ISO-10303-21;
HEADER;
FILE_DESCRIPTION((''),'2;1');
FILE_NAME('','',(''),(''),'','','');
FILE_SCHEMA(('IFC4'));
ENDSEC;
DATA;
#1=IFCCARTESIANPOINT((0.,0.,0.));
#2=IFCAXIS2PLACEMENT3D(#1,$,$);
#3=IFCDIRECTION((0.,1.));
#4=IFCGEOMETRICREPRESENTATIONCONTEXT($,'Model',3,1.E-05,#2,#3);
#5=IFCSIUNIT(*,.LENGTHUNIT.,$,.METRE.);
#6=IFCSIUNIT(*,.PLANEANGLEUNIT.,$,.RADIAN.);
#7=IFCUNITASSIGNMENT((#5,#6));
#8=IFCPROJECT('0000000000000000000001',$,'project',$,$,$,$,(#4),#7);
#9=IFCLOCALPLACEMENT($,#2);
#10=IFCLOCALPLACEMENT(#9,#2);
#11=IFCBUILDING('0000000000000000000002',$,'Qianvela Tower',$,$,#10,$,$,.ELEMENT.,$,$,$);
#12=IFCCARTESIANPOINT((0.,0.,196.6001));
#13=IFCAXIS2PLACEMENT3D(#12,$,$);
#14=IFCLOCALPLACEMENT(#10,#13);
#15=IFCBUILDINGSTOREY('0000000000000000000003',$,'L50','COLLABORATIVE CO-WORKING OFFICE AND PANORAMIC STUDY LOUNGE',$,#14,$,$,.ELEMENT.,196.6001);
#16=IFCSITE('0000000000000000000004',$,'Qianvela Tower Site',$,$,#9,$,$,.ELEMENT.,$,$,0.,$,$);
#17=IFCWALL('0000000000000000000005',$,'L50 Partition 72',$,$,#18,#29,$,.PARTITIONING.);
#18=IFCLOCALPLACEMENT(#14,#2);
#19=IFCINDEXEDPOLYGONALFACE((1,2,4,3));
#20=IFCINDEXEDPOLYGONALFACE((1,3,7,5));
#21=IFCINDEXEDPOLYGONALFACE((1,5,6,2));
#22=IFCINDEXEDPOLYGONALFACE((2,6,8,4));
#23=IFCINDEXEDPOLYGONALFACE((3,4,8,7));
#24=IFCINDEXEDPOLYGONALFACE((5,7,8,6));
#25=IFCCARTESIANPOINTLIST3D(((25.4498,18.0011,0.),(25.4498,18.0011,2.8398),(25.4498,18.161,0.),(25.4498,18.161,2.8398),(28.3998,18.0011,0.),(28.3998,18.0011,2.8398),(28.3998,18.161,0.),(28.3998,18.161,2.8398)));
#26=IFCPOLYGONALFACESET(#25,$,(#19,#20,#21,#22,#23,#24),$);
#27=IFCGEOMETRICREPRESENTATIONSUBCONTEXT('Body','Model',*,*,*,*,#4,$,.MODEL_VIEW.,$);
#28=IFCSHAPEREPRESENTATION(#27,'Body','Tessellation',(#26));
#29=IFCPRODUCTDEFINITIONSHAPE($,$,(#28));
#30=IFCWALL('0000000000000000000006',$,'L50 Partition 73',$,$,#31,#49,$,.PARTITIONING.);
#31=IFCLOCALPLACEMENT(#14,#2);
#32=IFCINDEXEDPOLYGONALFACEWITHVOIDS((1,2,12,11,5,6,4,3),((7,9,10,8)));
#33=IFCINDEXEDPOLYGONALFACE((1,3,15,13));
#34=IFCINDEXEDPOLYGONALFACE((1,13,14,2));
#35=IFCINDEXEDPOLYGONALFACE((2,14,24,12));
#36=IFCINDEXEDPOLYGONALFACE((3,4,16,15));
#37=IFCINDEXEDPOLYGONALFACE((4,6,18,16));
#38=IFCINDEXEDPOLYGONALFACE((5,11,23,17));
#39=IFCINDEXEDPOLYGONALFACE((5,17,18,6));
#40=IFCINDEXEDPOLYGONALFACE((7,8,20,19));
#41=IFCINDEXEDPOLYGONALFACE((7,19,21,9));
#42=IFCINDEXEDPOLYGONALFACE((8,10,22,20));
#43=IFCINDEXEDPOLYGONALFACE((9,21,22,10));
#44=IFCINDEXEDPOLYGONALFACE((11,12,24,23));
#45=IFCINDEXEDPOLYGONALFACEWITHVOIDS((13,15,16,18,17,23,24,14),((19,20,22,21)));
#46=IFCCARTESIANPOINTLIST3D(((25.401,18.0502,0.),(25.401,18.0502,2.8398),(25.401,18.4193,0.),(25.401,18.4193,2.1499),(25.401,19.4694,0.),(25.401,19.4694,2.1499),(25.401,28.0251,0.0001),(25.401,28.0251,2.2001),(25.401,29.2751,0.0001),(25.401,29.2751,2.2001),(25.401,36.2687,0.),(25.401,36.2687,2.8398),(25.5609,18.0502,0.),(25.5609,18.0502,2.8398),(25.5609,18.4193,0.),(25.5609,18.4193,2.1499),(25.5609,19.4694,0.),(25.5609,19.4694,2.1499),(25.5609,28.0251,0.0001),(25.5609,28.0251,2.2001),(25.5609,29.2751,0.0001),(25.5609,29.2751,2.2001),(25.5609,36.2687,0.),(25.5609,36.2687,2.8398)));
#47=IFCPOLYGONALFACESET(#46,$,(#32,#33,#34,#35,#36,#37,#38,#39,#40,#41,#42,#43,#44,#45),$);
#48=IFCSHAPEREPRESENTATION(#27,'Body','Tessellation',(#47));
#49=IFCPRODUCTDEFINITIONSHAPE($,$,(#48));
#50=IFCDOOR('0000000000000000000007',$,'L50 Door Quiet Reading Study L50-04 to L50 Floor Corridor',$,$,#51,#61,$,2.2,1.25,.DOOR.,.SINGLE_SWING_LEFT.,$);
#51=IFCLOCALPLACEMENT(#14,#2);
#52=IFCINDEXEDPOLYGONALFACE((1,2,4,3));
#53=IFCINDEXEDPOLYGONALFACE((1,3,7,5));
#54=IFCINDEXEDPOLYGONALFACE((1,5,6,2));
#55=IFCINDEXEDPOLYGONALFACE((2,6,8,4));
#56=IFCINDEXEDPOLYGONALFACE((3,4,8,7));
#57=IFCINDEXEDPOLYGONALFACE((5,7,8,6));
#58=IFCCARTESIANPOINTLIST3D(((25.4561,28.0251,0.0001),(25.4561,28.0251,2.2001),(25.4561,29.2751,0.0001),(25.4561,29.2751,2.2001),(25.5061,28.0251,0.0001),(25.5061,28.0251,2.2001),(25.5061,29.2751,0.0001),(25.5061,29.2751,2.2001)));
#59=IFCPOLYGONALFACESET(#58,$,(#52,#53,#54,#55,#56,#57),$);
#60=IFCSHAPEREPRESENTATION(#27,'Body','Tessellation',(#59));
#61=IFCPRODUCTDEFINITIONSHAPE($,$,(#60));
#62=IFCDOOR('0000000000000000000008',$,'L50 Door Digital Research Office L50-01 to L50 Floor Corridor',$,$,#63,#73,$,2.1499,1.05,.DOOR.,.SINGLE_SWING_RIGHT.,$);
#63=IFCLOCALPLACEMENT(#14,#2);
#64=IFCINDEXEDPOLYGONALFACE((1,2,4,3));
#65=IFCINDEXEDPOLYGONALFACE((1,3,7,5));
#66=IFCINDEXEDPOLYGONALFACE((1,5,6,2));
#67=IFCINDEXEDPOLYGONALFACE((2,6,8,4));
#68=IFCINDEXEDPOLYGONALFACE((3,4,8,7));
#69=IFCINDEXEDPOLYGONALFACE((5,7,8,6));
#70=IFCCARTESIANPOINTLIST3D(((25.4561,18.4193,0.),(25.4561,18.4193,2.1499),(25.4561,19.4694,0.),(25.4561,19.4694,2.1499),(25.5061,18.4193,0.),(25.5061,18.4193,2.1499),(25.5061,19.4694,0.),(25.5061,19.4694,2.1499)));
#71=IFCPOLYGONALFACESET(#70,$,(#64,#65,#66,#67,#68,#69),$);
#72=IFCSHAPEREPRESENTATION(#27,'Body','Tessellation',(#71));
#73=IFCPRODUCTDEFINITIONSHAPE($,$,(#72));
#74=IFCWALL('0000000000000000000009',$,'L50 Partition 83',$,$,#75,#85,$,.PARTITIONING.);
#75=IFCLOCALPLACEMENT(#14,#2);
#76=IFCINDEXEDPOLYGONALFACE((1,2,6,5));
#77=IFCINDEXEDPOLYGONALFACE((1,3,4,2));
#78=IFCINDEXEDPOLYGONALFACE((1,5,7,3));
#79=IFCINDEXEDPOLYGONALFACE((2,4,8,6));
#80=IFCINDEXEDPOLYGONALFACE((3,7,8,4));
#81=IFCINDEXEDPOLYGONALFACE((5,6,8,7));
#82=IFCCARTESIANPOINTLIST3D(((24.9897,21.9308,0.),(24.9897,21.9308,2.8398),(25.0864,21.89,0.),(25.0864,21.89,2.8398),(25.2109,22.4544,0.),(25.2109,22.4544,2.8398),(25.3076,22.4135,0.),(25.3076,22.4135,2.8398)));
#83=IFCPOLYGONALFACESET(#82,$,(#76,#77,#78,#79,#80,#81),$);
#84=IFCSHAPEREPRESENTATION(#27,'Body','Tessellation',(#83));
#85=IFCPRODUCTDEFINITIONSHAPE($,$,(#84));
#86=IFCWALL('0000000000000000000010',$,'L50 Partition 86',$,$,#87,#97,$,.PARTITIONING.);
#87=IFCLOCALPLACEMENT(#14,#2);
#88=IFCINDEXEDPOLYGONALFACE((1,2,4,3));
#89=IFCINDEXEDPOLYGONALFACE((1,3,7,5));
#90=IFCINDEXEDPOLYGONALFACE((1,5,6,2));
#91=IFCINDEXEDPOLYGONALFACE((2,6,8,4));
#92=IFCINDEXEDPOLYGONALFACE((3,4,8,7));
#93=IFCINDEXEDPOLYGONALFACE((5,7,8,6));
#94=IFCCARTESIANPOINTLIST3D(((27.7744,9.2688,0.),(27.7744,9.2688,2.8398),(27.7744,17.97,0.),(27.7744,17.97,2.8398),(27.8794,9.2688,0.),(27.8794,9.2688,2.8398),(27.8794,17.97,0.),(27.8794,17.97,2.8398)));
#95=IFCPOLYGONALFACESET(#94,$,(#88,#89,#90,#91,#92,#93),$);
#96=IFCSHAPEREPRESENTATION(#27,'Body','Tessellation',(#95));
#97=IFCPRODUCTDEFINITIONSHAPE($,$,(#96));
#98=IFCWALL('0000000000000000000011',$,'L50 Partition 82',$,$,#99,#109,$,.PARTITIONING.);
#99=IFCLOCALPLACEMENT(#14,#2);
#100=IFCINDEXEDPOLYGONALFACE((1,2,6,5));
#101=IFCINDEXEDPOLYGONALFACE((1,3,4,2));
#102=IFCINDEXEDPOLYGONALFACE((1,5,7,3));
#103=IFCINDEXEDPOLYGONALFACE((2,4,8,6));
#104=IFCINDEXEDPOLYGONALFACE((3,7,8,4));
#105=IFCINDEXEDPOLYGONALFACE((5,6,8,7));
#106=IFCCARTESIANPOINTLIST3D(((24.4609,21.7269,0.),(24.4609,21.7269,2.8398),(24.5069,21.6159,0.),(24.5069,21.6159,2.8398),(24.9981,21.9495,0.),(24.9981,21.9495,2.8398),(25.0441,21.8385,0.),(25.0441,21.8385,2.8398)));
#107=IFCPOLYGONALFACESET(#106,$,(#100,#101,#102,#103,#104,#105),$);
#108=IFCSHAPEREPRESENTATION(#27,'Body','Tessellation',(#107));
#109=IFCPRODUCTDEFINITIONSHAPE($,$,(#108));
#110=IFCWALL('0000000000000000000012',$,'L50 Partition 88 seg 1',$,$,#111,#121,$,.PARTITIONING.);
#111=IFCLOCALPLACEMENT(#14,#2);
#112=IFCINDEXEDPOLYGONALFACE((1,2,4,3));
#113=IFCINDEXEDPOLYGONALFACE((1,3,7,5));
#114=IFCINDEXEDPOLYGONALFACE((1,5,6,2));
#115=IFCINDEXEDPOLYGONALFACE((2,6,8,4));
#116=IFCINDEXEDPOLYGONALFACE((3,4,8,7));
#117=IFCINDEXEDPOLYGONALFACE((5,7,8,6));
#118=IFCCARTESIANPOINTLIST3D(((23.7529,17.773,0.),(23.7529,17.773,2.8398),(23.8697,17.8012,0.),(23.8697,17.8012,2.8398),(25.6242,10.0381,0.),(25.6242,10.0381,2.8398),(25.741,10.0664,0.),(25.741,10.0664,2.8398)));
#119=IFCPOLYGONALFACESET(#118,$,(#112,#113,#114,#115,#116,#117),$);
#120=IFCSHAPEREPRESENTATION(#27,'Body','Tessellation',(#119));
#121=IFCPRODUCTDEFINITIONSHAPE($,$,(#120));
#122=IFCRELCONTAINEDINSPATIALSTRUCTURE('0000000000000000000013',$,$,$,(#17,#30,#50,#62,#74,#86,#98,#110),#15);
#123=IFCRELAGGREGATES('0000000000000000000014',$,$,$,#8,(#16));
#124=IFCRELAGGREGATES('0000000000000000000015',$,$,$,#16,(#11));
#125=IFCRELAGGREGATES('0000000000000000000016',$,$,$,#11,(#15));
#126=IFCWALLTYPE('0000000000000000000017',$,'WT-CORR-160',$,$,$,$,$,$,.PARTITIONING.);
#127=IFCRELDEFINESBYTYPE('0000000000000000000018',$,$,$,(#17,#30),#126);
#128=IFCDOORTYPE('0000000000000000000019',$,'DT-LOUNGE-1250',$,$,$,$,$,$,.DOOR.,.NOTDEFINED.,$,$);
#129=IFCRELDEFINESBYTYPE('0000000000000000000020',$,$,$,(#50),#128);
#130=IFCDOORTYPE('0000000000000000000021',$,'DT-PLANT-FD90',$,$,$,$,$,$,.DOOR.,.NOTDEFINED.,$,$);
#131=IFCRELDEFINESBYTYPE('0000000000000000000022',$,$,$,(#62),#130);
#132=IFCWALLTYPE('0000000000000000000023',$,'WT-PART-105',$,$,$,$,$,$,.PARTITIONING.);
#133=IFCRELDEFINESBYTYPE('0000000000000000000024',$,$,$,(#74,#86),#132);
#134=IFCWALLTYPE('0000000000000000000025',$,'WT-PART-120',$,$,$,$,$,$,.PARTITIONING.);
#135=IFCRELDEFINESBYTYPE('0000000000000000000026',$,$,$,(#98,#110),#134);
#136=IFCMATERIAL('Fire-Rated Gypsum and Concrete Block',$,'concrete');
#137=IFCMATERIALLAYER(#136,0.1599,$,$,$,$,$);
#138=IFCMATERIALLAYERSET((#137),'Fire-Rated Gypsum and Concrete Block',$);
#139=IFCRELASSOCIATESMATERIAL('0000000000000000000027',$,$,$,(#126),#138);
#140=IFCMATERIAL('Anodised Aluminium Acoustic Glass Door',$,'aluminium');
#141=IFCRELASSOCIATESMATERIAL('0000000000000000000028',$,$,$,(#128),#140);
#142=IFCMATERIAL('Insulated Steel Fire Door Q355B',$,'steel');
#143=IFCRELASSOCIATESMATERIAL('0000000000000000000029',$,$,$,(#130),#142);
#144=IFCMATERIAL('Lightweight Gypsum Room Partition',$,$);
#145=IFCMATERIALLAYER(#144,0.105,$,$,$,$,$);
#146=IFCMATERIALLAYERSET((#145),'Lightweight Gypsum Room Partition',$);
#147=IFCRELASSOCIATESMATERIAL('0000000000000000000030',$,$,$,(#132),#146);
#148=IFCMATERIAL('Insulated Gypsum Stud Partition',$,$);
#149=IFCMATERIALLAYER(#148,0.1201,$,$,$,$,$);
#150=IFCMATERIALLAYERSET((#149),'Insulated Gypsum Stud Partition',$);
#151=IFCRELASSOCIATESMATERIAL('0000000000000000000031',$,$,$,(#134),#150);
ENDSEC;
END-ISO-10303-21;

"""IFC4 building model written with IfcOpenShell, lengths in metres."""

from ifc_helpers import new_model, si_unit, direction, frame, frame_2d, origin, place, context, subcontext, project, spatial, rectangle, extrude, material, layer, layer_set, type_object, element, fill, save


model = new_model("IFC4")

# Units and contexts
model_context = context("Model", 3, precision=1e-05, world=origin(), true_north=direction((0.0, 1.0)))
body_context = subcontext(model_context, "Body", "Model", "MODEL_VIEW")
ifc_project = project(units=[si_unit("LENGTHUNIT", "METRE"), si_unit("PLANEANGLEUNIT", "RADIAN")], contexts=[model_context])

# Site, building, storey
site_placement = place(None, origin())
site = spatial("IfcSite", under=ifc_project, at=site_placement, Name="Qianvela Tower Site", CompositionType="ELEMENT", RefElevation=0.0)
building_placement = place(site_placement, origin())
building = spatial("IfcBuilding", under=site, at=building_placement, Name="Qianvela Tower", CompositionType="ELEMENT")
storey_placement = place(building_placement, frame((0.0, 0.0, 196.6001)))
storey = spatial("IfcBuildingStorey", under=building, at=storey_placement, Name="L50", Description="COLLABORATIVE CO-WORKING OFFICE AND PANORAMIC STUDY LOUNGE", CompositionType="ELEMENT", Elevation=196.6001)

# Wall
ifc_material_1 = material(Name="Fire-Rated Gypsum and Concrete Block", Category="concrete")
ifc_layer_1 = layer(ifc_material_1, 0.1599)
ifc_layer_set_1 = layer_set([ifc_layer_1], Name="Fire-Rated Gypsum and Concrete Block")
wall_type_1 = type_object("IfcWallType", Name="WT-CORR-160", PredefinedType="PARTITIONING", material=ifc_layer_set_1)
wall_1_placement = place(storey_placement, frame((28.3999, 18.0811, 0.0), z_axis=(0.0, 0.0, 1.0), x_axis=(-1.0, 0.0, 0.0)))
element("IfcWall", 1, at=wall_1_placement, inside=storey, type_object=wall_type_1, Name="L50 Partition 72", PredefinedType="PARTITIONING", context=body_context, shape_type="SweptSolid", body=[
    extrude(rectangle(XDim=2.95, YDim=0.1599, at=frame_2d((1.4751, 0.0))), origin(), (0.0, 0.0, 1.0), 2.8398),
])

# Wall, openings, doors
wall_2_placement = place(storey_placement, frame((25.481, 18.05, 0.0), z_axis=(0.0, 0.0, 1.0), x_axis=(0.0, 1.0, 0.0)))
wall_2 = element("IfcWall", 2, at=wall_2_placement, inside=storey, type_object=wall_type_1, Name="L50 Partition 73", PredefinedType="PARTITIONING", context=body_context, shape_type="SweptSolid", body=[
    extrude(rectangle(XDim=18.2185, YDim=0.1599, at=frame_2d((9.1094, 0.0))), origin(), (0.0, 0.0, 1.0), 2.8398),
])
opening_1_placement = place(wall_2_placement, frame((0.3694, 0.0, 0.0)))
opening_1 = element("IfcOpeningElement", 3, at=opening_1_placement, cuts=wall_2, PredefinedType="OPENING", context=body_context, shape_type="SweptSolid", body=[
    extrude(rectangle(XDim=1.05, YDim=2.1499, at=frame_2d((0.5249, 1.075))), frame((0.0, 0.0898, 0.0), z_axis=(0.0, -1.0, 0.0), x_axis=(1.0, 0.0, 0.0)), (0.0, 0.0, 1.0), 0.1799),
])
opening_2_placement = place(wall_2_placement, frame((9.9751, 0.0, 0.0)))
opening_2 = element("IfcOpeningElement", 4, at=opening_2_placement, cuts=wall_2, PredefinedType="OPENING", context=body_context, shape_type="SweptSolid", body=[
    extrude(rectangle(XDim=1.25, YDim=2.2, at=frame_2d((0.625, 1.1001))), frame((0.0, 0.0898, 0.0), z_axis=(0.0, -1.0, 0.0), x_axis=(1.0, 0.0, 0.0)), (0.0, 0.0, 1.0), 0.1799),
])
ifc_material_2 = material(Name="Anodised Aluminium Acoustic Glass Door", Category="aluminium")
door_type_1 = type_object("IfcDoorType", Name="DT-LOUNGE-1250", OperationType="NOTDEFINED", PredefinedType="DOOR", material=ifc_material_2)
door_1_placement = place(opening_2_placement, origin())
door_1 = element("IfcDoor", 5, at=door_1_placement, inside=storey, type_object=door_type_1, Name="L50 Door Quiet Reading Study L50-04 to L50 Floor Corridor", OperationType="SINGLE_SWING_LEFT", OverallHeight=2.2, OverallWidth=1.25, PredefinedType="DOOR", context=body_context, shape_type="SweptSolid", body=[
    extrude(rectangle(XDim=1.25, YDim=2.2, at=frame_2d((0.625, 1.1001))), frame((0.0, 0.0249, 0.0), z_axis=(0.0, -1.0, 0.0), x_axis=(1.0, 0.0, 0.0)), (0.0, 0.0, 1.0), 0.05),
])
fill(opening_2, door_1)
ifc_material_3 = material(Name="Insulated Steel Fire Door Q355B", Category="steel")
door_type_2 = type_object("IfcDoorType", Name="DT-PLANT-FD90", OperationType="NOTDEFINED", PredefinedType="DOOR", material=ifc_material_3)
door_2_placement = place(opening_1_placement, origin())
door_2 = element("IfcDoor", 6, at=door_2_placement, inside=storey, type_object=door_type_2, Name="L50 Door Digital Research Office L50-01 to L50 Floor Corridor", OperationType="SINGLE_SWING_RIGHT", OverallHeight=2.1499, OverallWidth=1.05, PredefinedType="DOOR", context=body_context, shape_type="SweptSolid", body=[
    extrude(rectangle(XDim=1.05, YDim=2.1499, at=frame_2d((0.5249, 1.075))), frame((0.0, 0.0249, 0.0), z_axis=(0.0, -1.0, 0.0), x_axis=(1.0, 0.0, 0.0)), (0.0, 0.0, 1.0), 0.05),
])
fill(opening_1, door_2)

# Walls
ifc_material_4 = material(Name="Lightweight Gypsum Room Partition")
ifc_layer_2 = layer(ifc_material_4, 0.105)
ifc_layer_set_2 = layer_set([ifc_layer_2], Name="Lightweight Gypsum Room Partition")
wall_type_2 = type_object("IfcWallType", Name="WT-PART-105", PredefinedType="PARTITIONING", material=ifc_layer_set_2)
wall_3_placement = place(storey_placement, frame((25.0381, 21.9104, 0.0), z_axis=(0.0, 0.0, 1.0), x_axis=(0.389094, 0.921198, 0.0)))
element("IfcWall", 7, at=wall_3_placement, inside=storey, type_object=wall_type_2, Name="L50 Partition 83", PredefinedType="PARTITIONING", context=body_context, shape_type="SweptSolid", body=[
    extrude(rectangle(XDim=0.5684, YDim=0.105, at=frame_2d((0.2842, 0.0))), origin(), (0.0, 0.0, 1.0), 2.8398),
])
wall_4_placement = place(storey_placement, frame((27.8269, 17.97, 0.0), z_axis=(0.0, 0.0, 1.0), x_axis=(0.0, -1.0, 0.0)))
element("IfcWall", 8, at=wall_4_placement, inside=storey, type_object=wall_type_2, Name="L50 Partition 86", PredefinedType="PARTITIONING", context=body_context, shape_type="SweptSolid", body=[
    extrude(rectangle(XDim=8.7012, YDim=0.105, at=frame_2d((4.3506, 0.0))), origin(), (0.0, 0.0, 1.0), 2.8398),
])
ifc_material_5 = material(Name="Insulated Gypsum Stud Partition")
ifc_layer_3 = layer(ifc_material_5, 0.1201)
ifc_layer_set_3 = layer_set([ifc_layer_3], Name="Insulated Gypsum Stud Partition")
wall_type_3 = type_object("IfcWallType", Name="WT-PART-120", PredefinedType="PARTITIONING", material=ifc_layer_set_3)
wall_5_placement = place(storey_placement, frame((24.4839, 21.6714, 0.0), z_axis=(0.0, 0.0, 1.0), x_axis=(0.923833, 0.382797, 0.0)))
element("IfcWall", 9, at=wall_5_placement, inside=storey, type_object=wall_type_3, Name="L50 Partition 82", PredefinedType="PARTITIONING", context=body_context, shape_type="SweptSolid", body=[
    extrude(rectangle(XDim=0.5815, YDim=0.1201, at=frame_2d((0.2908, 0.0))), origin(), (0.0, 0.0, 1.0), 2.8398),
])
wall_6_placement = place(storey_placement, frame((25.6826, 10.0522, 0.0), z_axis=(0.0, 0.0, 1.0), x_axis=(-0.235151, 0.971959, 0.0)))
element("IfcWall", 10, at=wall_6_placement, inside=storey, type_object=wall_type_3, Name="L50 Partition 88 seg 1", PredefinedType="PARTITIONING", context=body_context, shape_type="SweptSolid", body=[
    extrude(rectangle(XDim=7.958, YDim=0.1201, at=frame_2d((3.979, 0.0))), origin(), (0.0, 0.0, 1.0), 2.8398),
])

save(model, "model.ifc")
